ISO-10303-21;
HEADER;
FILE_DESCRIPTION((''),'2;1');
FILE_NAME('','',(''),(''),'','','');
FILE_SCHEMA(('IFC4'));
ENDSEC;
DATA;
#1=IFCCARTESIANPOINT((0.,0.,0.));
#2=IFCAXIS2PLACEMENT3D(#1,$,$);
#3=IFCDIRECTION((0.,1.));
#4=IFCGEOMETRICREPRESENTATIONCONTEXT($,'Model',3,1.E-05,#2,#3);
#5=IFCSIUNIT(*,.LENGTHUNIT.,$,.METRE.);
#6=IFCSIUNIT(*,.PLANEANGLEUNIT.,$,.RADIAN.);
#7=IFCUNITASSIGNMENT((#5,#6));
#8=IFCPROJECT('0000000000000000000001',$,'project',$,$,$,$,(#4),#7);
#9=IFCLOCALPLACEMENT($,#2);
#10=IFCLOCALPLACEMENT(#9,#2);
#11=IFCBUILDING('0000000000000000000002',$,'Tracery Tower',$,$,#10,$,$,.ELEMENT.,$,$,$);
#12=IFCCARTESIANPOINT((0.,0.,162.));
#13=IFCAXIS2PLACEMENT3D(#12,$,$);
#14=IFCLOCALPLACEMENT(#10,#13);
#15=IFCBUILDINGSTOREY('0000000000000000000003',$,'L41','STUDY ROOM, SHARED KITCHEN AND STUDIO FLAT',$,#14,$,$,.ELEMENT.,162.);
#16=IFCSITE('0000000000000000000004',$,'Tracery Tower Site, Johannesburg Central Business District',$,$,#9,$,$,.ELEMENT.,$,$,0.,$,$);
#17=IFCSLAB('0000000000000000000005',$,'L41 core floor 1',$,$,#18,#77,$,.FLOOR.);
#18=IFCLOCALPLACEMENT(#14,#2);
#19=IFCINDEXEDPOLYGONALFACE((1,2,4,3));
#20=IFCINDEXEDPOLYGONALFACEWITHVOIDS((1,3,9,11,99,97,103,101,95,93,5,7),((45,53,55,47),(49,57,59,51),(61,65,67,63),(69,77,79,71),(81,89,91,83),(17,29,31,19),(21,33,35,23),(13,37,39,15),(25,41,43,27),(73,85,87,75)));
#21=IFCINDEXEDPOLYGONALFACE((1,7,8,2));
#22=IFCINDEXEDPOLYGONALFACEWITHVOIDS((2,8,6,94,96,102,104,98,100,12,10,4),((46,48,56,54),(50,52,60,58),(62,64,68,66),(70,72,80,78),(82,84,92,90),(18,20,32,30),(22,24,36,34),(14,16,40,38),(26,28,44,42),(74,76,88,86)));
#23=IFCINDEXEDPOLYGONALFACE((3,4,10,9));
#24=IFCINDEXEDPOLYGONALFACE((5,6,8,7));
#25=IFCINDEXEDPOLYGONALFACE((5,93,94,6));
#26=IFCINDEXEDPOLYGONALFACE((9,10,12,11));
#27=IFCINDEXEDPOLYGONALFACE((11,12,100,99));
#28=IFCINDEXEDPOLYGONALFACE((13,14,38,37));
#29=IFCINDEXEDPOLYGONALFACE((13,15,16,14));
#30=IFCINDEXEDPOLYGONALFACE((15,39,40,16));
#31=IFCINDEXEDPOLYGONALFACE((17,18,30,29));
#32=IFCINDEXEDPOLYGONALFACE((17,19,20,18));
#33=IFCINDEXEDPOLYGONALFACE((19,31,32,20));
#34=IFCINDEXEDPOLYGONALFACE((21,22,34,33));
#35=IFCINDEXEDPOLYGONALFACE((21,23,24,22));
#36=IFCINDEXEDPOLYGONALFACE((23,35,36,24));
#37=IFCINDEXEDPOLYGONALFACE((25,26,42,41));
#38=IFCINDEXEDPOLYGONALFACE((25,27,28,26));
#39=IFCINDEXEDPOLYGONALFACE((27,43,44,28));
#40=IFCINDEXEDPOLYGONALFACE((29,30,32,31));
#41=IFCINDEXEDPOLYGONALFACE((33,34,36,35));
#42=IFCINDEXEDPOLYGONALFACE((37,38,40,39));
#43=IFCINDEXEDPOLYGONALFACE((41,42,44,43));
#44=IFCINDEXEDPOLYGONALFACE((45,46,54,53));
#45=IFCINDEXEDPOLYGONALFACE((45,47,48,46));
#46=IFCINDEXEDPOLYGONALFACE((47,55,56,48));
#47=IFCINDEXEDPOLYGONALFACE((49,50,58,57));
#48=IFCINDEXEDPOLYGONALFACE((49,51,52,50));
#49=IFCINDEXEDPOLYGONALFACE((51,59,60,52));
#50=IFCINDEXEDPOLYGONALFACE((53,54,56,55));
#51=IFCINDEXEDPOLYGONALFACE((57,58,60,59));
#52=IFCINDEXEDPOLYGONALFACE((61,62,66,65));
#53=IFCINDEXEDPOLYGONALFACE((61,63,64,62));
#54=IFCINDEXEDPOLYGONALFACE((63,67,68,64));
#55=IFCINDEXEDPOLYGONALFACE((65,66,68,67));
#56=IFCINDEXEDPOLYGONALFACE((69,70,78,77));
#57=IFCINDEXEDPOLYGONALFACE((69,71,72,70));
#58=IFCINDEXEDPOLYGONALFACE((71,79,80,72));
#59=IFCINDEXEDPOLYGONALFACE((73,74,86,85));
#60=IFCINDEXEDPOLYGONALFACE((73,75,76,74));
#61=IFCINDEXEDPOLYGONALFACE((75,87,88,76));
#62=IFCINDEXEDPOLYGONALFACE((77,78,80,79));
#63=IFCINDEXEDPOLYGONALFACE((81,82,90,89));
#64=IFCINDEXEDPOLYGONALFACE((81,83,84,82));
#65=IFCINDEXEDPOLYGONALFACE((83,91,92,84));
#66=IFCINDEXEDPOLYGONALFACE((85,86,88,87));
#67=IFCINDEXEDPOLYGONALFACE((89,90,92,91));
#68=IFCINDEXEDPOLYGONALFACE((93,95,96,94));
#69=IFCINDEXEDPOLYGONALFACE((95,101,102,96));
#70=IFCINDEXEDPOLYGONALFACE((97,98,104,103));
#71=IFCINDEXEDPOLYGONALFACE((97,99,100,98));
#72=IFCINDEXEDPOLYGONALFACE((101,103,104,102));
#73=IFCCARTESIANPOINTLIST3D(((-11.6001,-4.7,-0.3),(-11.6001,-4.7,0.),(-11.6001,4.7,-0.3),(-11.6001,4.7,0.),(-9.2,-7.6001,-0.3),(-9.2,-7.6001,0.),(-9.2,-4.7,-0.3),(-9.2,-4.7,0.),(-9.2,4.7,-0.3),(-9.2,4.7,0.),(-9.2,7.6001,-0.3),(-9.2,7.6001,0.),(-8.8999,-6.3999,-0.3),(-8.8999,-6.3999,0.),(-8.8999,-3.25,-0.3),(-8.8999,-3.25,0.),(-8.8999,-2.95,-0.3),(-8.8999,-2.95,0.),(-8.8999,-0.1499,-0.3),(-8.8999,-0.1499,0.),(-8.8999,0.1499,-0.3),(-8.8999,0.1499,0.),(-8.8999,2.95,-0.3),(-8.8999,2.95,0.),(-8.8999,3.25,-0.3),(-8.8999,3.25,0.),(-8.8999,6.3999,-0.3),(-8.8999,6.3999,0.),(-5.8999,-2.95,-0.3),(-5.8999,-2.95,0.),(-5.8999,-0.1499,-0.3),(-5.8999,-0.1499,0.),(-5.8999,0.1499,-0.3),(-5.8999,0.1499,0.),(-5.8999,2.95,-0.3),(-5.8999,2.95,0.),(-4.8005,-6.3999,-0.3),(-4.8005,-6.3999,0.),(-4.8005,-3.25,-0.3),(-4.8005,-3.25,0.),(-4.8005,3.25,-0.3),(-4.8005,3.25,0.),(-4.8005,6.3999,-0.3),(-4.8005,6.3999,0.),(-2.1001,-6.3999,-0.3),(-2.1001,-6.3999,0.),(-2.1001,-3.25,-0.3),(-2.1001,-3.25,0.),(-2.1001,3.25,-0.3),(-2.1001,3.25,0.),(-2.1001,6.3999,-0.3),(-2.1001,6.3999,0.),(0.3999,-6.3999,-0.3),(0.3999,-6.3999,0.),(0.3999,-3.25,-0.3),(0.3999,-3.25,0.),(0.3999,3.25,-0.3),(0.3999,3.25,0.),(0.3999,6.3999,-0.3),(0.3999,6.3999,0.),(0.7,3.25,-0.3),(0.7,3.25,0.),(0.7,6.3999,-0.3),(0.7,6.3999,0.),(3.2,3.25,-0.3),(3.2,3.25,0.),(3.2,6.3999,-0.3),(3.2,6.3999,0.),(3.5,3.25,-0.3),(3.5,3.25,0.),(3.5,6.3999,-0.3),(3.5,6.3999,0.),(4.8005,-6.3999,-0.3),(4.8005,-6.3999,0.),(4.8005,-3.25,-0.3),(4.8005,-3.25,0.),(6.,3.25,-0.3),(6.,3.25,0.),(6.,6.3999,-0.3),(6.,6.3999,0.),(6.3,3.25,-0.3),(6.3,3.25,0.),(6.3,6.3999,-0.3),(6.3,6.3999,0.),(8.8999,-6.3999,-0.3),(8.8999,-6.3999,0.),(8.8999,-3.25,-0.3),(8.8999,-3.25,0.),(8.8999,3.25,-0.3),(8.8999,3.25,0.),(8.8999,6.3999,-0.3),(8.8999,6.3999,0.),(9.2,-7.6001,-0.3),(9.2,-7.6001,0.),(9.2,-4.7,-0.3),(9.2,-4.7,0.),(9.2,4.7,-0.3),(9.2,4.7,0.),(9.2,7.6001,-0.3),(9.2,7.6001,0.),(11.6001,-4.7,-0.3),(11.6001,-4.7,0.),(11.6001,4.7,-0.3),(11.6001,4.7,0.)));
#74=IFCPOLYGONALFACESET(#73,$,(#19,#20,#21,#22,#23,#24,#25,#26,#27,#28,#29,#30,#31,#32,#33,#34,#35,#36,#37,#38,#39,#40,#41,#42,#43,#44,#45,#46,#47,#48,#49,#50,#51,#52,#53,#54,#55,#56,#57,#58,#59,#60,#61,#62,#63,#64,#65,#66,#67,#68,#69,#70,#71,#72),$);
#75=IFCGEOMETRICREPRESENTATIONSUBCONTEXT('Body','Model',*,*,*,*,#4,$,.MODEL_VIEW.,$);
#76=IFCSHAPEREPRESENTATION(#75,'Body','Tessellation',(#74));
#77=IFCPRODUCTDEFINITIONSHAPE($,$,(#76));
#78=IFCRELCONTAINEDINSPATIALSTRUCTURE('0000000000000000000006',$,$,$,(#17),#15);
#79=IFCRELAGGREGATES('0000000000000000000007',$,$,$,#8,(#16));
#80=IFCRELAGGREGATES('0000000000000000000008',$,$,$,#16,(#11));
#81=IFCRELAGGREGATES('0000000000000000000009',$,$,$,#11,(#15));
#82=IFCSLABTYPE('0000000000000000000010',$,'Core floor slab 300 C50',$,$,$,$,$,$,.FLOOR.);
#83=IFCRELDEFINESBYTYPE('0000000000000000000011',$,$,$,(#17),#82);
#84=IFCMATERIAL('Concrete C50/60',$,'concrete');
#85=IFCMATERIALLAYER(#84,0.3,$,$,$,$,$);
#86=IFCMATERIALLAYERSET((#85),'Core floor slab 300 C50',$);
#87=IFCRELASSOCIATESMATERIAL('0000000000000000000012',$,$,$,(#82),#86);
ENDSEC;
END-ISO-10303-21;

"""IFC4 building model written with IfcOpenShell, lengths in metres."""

from ifc_helpers import new_model, si_unit, direction, frame, origin, place, context, subcontext, project, spatial, polyline, outline, extrude, material, layer, layer_set, type_object, element, save


model = new_model("IFC4")

# Units and contexts
model_context = context("Model", 3, precision=1e-05, world=origin(), true_north=direction((0.0, 1.0)))
body_context = subcontext(model_context, "Body", "Model", "MODEL_VIEW")
ifc_project = project(units=[si_unit("LENGTHUNIT", "METRE"), si_unit("PLANEANGLEUNIT", "RADIAN")], contexts=[model_context])

# Site, building, storey
site_placement = place(None, origin())
site = spatial("IfcSite", under=ifc_project, at=site_placement, Name="Tracery Tower Site, Johannesburg Central Business District", CompositionType="ELEMENT", RefElevation=0.0)
building_placement = place(site_placement, origin())
building = spatial("IfcBuilding", under=site, at=building_placement, Name="Tracery Tower", CompositionType="ELEMENT")
storey_placement = place(building_placement, frame((0.0, 0.0, 162.0)))
storey = spatial("IfcBuildingStorey", under=building, at=storey_placement, Name="L41", Description="STUDY ROOM, SHARED KITCHEN AND STUDIO FLAT", CompositionType="ELEMENT", Elevation=162.0)

# Slab
ifc_material_1 = material(Name="Concrete C50/60", Category="concrete")
ifc_layer_1 = layer(ifc_material_1, 0.3)
ifc_layer_set_1 = layer_set([ifc_layer_1], Name="Core floor slab 300 C50")
slab_type_1 = type_object("IfcSlabType", Name="Core floor slab 300 C50", PredefinedType="FLOOR", material=ifc_layer_set_1)
slab_1_placement = place(storey_placement, frame((0.0, 0.0, -0.3)))
element("IfcSlab", 1, at=slab_1_placement, inside=storey, type_object=slab_type_1, Name="L41 core floor 1", PredefinedType="FLOOR", context=body_context, shape_type="SweptSolid", body=[
    extrude(outline(polyline([(-9.2, 7.6001), (9.2, 7.6001), (9.2, 4.7), (11.6001, 4.7), (11.6001, -4.7), (9.2, -4.7), (9.2, -7.6001), (-9.2, -7.6001), (-9.2, -4.7), (-11.6001, -4.7), (-11.6001, 4.7), (-9.2, 4.7), (-9.2, 7.6001)]), holes=[polyline([(4.8005, -6.3999), (8.8999, -6.3999), (8.8999, -3.25), (4.8005, -3.25), (4.8005, -6.3999)]), polyline([(8.8999, 3.25), (8.8999, 6.3999), (6.3, 6.3999), (6.3, 3.25), (8.8999, 3.25)]), polyline([(6.0, 3.25), (6.0, 6.3999), (3.5, 6.3999), (3.5, 3.25), (6.0, 3.25)]), polyline([(3.2, 3.25), (3.2, 6.3999), (0.7, 6.3999), (0.7, 3.25), (3.2, 3.25)]), polyline([(-2.1001, 3.25), (0.3999, 3.25), (0.3999, 6.3999), (-2.1001, 6.3999), (-2.1001, 3.25)]), polyline([(0.3999, -6.3999), (0.3999, -3.25), (-2.1001, -3.25), (-2.1001, -6.3999), (0.3999, -6.3999)]), polyline([(-4.8005, -3.25), (-8.8999, -3.25), (-8.8999, -6.3999), (-4.8005, -6.3999), (-4.8005, -3.25)]), polyline([(-4.8005, 6.3999), (-8.8999, 6.3999), (-8.8999, 3.25), (-4.8005, 3.25), (-4.8005, 6.3999)]), polyline([(-5.8999, -2.95), (-5.8999, -0.1499), (-8.8999, -0.1499), (-8.8999, -2.95), (-5.8999, -2.95)]), polyline([(-5.8999, 0.1499), (-5.8999, 2.95), (-8.8999, 2.95), (-8.8999, 0.1499), (-5.8999, 0.1499)])]), origin(), (0.0, 0.0, 1.0), 0.3),
])

save(model, "model.ifc")
